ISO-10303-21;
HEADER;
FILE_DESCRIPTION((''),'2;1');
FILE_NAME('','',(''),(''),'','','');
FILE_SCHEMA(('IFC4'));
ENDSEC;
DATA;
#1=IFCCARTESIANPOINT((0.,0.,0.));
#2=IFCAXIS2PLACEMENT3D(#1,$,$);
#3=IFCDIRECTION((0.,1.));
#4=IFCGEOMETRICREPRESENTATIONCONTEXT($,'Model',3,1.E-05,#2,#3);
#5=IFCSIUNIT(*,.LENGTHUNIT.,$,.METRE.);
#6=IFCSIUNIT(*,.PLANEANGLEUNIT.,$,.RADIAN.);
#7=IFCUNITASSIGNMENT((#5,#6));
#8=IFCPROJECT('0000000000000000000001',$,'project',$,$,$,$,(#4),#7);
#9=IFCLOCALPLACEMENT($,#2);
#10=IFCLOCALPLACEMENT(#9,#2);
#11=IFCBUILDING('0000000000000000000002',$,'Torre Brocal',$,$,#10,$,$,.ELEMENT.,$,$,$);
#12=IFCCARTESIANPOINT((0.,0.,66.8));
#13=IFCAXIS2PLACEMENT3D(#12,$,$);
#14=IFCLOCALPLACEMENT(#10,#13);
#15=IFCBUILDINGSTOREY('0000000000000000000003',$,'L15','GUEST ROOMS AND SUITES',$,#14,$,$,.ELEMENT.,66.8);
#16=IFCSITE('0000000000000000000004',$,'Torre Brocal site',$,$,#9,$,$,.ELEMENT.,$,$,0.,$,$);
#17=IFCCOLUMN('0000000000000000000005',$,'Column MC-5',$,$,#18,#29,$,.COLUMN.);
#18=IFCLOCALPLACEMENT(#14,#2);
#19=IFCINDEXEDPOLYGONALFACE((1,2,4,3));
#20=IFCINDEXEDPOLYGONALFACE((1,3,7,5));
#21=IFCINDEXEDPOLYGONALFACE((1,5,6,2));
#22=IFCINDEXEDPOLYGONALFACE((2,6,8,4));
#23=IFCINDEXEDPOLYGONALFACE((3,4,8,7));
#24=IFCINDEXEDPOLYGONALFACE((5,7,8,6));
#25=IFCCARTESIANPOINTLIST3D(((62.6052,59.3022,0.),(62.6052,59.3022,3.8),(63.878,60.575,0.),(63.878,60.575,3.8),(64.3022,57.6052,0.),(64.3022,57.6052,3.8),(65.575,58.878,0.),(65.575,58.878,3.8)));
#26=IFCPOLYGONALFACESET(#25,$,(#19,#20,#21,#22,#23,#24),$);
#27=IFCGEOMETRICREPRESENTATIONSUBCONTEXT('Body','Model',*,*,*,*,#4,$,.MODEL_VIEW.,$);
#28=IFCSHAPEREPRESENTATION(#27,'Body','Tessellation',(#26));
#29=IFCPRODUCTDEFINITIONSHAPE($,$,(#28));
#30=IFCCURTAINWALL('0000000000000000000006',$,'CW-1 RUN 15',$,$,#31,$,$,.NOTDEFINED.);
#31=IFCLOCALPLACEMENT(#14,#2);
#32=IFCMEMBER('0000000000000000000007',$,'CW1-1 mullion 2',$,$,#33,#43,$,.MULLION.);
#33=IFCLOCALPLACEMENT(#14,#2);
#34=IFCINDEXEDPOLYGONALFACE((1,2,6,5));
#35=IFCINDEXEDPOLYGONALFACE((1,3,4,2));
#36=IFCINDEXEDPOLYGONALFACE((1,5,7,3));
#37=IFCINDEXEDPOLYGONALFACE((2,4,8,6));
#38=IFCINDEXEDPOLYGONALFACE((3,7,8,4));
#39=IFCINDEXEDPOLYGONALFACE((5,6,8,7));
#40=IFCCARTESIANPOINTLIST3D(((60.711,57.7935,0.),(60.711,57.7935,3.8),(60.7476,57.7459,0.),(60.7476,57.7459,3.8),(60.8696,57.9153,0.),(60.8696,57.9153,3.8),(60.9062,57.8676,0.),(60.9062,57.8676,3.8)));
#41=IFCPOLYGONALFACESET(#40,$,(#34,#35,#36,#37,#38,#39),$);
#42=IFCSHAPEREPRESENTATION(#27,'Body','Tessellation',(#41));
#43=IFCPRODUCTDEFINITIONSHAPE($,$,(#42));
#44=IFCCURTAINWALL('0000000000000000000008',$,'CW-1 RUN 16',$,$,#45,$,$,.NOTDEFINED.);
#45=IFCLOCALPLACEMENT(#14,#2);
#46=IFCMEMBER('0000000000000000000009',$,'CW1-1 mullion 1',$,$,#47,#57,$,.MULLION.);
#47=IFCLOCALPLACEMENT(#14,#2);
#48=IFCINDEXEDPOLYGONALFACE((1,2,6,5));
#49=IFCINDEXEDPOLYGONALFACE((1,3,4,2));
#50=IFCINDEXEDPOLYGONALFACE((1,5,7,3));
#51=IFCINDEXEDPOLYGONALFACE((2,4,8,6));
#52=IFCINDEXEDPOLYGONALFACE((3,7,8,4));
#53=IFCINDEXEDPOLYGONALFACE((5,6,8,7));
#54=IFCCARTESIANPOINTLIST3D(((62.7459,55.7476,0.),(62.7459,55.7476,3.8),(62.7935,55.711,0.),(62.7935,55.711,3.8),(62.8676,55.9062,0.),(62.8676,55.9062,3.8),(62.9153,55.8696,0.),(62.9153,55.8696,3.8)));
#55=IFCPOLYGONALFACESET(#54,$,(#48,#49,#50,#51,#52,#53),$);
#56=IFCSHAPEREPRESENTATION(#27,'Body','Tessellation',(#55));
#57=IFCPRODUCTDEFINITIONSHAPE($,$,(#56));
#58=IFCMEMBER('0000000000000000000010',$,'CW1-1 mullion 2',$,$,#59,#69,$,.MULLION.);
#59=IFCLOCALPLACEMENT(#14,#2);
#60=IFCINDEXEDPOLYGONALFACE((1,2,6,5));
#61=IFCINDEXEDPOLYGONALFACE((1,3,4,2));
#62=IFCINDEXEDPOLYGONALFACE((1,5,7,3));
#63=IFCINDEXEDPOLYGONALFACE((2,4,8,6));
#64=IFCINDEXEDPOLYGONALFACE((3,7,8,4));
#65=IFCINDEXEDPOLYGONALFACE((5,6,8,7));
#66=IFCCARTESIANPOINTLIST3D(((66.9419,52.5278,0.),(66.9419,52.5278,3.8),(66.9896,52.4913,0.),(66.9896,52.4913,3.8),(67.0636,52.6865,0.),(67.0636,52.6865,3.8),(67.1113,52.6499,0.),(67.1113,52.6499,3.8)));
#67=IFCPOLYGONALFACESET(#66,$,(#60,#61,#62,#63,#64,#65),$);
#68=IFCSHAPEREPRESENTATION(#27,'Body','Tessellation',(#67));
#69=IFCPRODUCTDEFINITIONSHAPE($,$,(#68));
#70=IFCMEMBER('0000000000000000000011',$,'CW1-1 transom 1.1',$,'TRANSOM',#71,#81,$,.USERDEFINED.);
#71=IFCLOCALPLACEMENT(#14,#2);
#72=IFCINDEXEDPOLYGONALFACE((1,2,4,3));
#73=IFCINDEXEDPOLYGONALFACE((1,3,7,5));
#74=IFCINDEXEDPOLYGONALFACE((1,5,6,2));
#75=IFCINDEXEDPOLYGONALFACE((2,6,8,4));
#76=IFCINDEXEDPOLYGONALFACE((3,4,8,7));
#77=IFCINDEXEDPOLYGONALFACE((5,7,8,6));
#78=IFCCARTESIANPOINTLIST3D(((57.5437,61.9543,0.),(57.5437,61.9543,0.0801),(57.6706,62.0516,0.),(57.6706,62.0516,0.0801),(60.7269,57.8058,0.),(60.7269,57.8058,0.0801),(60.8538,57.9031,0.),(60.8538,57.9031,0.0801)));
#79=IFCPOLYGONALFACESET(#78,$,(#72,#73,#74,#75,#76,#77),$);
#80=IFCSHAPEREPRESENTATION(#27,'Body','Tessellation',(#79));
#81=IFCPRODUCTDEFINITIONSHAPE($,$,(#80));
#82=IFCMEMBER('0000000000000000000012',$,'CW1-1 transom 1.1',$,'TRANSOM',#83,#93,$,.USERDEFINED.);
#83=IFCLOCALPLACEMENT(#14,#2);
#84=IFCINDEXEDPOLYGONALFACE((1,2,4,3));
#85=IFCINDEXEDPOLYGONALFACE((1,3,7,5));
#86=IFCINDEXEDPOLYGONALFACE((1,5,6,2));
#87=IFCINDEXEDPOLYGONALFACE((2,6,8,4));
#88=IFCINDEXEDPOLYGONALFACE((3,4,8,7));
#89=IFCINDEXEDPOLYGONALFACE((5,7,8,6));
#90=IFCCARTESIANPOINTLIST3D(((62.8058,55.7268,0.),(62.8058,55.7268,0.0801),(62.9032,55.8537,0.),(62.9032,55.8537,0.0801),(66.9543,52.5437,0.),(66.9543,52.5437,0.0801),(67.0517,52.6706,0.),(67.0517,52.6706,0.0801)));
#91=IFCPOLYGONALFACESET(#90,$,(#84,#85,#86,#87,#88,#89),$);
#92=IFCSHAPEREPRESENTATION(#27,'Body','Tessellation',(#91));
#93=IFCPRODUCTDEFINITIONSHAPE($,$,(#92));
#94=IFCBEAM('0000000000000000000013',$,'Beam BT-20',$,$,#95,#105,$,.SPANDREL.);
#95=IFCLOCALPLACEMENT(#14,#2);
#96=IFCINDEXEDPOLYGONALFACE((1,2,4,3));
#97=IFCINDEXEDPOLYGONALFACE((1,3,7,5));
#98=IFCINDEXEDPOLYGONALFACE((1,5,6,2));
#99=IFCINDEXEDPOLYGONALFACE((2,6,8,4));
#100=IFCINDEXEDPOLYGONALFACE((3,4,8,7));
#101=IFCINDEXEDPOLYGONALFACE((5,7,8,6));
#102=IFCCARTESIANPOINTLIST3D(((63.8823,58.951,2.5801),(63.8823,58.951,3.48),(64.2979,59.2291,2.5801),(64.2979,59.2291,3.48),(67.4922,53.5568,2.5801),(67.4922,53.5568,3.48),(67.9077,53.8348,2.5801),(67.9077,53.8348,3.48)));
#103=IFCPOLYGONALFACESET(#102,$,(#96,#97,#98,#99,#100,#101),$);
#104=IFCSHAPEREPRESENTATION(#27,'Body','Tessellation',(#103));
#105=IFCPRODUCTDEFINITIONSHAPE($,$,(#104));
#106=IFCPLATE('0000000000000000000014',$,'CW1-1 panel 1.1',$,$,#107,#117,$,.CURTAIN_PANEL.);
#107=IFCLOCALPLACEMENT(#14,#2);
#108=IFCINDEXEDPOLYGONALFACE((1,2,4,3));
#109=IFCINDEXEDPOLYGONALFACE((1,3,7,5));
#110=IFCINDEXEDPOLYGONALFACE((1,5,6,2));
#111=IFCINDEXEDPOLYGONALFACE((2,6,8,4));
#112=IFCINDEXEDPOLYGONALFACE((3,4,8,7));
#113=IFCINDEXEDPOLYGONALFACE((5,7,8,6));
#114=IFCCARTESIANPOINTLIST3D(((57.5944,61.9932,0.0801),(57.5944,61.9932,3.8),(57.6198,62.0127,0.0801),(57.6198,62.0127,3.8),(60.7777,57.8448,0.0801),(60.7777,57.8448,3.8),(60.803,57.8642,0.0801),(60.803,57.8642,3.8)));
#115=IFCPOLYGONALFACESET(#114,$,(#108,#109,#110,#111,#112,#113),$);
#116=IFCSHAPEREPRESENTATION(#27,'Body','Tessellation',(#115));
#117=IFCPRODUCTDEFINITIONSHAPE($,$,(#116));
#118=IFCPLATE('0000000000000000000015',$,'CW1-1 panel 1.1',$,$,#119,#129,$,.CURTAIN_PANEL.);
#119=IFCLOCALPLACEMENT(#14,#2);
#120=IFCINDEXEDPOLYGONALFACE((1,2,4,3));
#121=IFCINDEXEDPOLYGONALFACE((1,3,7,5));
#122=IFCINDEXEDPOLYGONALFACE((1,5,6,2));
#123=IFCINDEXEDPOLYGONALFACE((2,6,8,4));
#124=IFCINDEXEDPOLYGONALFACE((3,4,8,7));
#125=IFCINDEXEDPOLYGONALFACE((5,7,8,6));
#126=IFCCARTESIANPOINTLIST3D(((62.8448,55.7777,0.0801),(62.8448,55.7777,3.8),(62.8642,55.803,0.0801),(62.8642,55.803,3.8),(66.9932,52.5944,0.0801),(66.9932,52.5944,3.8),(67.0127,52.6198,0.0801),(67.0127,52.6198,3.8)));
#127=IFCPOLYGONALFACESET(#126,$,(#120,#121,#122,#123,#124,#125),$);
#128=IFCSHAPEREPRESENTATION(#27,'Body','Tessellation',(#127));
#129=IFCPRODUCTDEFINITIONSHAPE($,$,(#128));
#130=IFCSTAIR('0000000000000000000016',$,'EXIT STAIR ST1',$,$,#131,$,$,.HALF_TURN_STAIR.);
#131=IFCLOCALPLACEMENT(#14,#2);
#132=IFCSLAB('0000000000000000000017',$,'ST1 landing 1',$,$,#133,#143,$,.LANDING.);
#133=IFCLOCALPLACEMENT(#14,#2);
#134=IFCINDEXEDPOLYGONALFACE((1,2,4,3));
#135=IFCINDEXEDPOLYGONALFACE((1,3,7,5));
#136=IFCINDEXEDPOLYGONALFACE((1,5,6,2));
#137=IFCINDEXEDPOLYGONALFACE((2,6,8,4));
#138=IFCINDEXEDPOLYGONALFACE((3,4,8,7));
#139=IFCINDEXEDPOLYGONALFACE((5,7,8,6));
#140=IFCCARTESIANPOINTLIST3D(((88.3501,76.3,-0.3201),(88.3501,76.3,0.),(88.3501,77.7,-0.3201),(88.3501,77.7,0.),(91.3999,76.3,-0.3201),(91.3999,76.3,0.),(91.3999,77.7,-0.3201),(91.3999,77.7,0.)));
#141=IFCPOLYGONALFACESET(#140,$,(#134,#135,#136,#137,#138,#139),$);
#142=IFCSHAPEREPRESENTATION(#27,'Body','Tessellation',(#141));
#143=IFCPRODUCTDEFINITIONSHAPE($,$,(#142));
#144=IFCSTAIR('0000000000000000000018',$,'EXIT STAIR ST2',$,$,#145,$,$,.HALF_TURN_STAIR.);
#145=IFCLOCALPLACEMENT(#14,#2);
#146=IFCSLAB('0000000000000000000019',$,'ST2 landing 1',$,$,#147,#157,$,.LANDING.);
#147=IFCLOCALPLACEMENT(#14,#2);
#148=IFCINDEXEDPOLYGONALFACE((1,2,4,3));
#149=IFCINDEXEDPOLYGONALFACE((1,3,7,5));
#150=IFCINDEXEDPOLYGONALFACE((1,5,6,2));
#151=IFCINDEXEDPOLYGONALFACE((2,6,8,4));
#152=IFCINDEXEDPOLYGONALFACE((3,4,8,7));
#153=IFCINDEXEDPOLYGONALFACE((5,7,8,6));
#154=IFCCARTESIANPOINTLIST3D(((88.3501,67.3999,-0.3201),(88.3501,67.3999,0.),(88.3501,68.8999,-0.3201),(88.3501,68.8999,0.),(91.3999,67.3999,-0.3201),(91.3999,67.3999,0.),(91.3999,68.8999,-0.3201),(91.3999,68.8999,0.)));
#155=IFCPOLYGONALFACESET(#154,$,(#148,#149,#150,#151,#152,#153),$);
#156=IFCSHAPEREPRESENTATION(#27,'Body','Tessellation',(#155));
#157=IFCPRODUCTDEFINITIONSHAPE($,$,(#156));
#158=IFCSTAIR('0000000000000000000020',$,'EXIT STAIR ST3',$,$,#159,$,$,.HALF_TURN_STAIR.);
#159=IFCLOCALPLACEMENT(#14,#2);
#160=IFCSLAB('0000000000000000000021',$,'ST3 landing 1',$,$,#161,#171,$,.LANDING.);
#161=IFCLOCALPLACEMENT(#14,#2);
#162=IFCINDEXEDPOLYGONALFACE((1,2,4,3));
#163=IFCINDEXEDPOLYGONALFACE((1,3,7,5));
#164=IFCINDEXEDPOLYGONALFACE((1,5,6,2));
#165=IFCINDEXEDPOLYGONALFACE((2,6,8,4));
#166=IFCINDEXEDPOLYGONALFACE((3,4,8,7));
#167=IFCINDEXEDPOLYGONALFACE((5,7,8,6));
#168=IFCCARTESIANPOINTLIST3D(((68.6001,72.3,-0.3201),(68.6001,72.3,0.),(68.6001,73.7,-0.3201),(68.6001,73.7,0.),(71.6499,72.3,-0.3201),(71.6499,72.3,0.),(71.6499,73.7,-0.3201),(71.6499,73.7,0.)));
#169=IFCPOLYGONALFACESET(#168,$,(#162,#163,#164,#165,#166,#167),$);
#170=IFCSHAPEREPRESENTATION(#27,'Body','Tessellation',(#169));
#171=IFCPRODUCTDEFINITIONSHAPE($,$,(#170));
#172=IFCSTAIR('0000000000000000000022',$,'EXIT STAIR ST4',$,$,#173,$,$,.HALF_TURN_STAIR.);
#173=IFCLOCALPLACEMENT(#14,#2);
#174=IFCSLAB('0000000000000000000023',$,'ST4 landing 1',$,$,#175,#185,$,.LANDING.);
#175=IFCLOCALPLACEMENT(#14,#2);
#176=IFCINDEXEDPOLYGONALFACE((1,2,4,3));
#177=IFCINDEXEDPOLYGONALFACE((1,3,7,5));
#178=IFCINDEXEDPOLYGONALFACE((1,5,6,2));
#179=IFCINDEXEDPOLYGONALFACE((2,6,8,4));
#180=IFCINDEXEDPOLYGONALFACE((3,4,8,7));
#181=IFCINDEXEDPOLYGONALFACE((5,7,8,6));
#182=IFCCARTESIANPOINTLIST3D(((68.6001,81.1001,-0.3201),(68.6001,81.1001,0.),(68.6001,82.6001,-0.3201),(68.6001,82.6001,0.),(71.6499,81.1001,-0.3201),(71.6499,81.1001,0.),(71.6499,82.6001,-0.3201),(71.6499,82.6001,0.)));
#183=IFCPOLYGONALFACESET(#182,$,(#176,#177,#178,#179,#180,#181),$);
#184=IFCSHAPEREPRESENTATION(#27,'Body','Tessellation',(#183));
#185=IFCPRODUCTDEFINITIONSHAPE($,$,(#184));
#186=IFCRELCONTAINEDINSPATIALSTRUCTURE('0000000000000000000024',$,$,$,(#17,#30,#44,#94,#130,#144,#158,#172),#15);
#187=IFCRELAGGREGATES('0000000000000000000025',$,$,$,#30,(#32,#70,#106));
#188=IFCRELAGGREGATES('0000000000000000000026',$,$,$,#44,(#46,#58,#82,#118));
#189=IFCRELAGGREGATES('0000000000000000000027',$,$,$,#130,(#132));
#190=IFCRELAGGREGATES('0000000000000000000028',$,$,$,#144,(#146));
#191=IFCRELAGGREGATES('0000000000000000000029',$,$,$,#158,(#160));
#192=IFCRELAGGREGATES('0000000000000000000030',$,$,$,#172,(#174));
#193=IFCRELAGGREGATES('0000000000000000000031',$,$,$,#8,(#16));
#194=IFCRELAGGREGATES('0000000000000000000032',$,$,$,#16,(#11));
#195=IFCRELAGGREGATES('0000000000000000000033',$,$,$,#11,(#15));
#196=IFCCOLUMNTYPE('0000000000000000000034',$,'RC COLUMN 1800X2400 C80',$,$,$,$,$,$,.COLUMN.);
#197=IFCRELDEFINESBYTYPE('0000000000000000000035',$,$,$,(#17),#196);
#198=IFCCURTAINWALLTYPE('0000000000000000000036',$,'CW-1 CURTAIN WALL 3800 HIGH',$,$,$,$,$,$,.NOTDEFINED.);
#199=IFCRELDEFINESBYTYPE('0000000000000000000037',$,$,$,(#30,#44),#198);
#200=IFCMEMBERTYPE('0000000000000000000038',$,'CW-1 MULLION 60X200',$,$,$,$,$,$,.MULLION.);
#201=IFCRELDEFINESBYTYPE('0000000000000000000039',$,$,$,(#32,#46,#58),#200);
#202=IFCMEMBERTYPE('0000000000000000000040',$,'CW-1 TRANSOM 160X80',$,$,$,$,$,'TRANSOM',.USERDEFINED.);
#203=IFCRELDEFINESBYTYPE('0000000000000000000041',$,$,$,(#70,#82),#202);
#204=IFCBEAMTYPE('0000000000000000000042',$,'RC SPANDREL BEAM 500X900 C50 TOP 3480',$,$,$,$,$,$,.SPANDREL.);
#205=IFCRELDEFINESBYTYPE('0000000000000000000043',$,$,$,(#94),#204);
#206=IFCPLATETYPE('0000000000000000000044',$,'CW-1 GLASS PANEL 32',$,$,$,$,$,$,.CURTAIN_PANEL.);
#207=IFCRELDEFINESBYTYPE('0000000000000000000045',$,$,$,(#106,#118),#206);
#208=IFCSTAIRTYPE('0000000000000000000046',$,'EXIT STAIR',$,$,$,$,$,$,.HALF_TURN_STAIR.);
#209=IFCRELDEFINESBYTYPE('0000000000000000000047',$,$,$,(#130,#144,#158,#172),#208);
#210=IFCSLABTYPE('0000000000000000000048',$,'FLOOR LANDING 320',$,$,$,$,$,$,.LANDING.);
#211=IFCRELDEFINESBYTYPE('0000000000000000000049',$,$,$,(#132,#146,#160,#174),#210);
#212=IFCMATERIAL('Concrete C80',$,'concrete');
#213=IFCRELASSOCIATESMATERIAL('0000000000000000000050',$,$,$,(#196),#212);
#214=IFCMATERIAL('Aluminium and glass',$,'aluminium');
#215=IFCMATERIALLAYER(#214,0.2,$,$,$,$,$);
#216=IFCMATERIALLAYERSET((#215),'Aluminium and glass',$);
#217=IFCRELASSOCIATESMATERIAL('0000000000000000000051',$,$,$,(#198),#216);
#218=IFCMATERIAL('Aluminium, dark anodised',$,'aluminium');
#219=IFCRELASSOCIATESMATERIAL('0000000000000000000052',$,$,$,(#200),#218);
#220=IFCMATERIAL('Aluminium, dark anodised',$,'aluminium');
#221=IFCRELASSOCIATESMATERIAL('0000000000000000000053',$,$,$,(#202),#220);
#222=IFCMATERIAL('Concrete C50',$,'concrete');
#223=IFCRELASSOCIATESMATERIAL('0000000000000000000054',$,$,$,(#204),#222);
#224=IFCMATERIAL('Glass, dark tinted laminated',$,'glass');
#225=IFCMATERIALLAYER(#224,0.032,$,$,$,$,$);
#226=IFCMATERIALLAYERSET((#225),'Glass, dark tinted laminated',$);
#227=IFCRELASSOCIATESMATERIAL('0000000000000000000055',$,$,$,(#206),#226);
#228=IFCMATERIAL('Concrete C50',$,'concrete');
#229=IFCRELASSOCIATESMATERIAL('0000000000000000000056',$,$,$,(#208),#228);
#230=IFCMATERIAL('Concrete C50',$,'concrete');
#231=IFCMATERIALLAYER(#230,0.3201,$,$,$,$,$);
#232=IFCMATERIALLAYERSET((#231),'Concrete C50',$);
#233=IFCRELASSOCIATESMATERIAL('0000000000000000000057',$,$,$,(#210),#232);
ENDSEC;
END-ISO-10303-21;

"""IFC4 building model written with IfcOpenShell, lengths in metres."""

from ifc_helpers import new_model, si_unit, direction, frame, origin, origin_2d, place, context, subcontext, project, spatial, polyline, rectangle, outline, extrude, material, layer, layer_set, material_profile, profile_set, type_object, element, aggregate, save


model = new_model("IFC4")

# Units and contexts
model_context = context("Model", 3, precision=1e-05, world=origin(), true_north=direction((0.0, 1.0)))
body_context = subcontext(model_context, "Body", "Model", "MODEL_VIEW")
ifc_project = project(units=[si_unit("LENGTHUNIT", "METRE"), si_unit("PLANEANGLEUNIT", "RADIAN")], contexts=[model_context])

# Site, building, storey
site_placement = place(None, origin())
site = spatial("IfcSite", under=ifc_project, at=site_placement, Name="Torre Brocal site", CompositionType="ELEMENT", RefElevation=0.0)
building_placement = place(site_placement, origin())
building = spatial("IfcBuilding", under=site, at=building_placement, Name="Torre Brocal", CompositionType="ELEMENT")
storey_placement = place(building_placement, frame((0.0, 0.0, 66.8)))
storey = spatial("IfcBuildingStorey", under=building, at=storey_placement, Name="L15", Description="GUEST ROOMS AND SUITES", CompositionType="ELEMENT", Elevation=66.8)

# Column
ifc_material_1 = material(Name="Concrete C80", Category="concrete")
ifc_material_profile_1 = material_profile(ifc_material_1, rectangle(XDim=1.8, YDim=2.3999, at=origin_2d()), Name="RC 1800X2400")
ifc_profile_set_1 = profile_set([ifc_material_profile_1], Name="Concrete C80")
column_type = type_object("IfcColumnType", Name="RC COLUMN 1800X2400 C80", PredefinedType="COLUMN", material=ifc_profile_set_1)
column_placement = place(storey_placement, frame((64.0901, 59.0901, 0.0), z_axis=(0.0, 0.0, 1.0), x_axis=(-0.707107, -0.707107, 0.0)))
element("IfcColumn", 1, at=column_placement, inside=storey, type_object=column_type, Name="Column MC-5", PredefinedType="COLUMN", context=body_context, shape_type="SweptSolid", body=[
    extrude(rectangle(XDim=1.8, YDim=2.3999, at=origin_2d()), origin(), (0.0, 0.0, 1.0), 3.8),
])

# Curtain wall, member
ifc_material_2 = material(Name="Aluminium and glass", Category="aluminium")
ifc_layer_1 = layer(ifc_material_2, 0.2)
ifc_layer_set_1 = layer_set([ifc_layer_1], Name="Aluminium and glass")
curtain_wall_type = type_object("IfcCurtainWallType", Name="CW-1 CURTAIN WALL 3800 HIGH", PredefinedType="NOTDEFINED", material=ifc_layer_set_1)
curtain_wall_1_placement = place(storey_placement, origin())
curtain_wall_1 = element("IfcCurtainWall", 2, at=curtain_wall_1_placement, inside=storey, type_object=curtain_wall_type, Name="CW-1 RUN 15", PredefinedType="NOTDEFINED")
ifc_material_3 = material(Name="Aluminium, dark anodised", Category="aluminium")
ifc_material_profile_2 = material_profile(ifc_material_3, rectangle(XDim=0.2, YDim=0.0601, at=origin_2d()), Name="CW-1 MULLION 60X200")
ifc_profile_set_2 = profile_set([ifc_material_profile_2], Name="Aluminium, dark anodised")
member_type_1 = type_object("IfcMemberType", Name="CW-1 MULLION 60X200", PredefinedType="MULLION", material=ifc_profile_set_2)
member_1_placement = place(storey_placement, frame((60.8086, 57.8306, 0.0), z_axis=(0.0, 0.0, 1.0), x_axis=(0.793353, 0.608761, 0.0)))
member_1 = element("IfcMember", 3, at=member_1_placement, type_object=member_type_1, Name="CW1-1 mullion 2", PredefinedType="MULLION", context=body_context, shape_type="SweptSolid", body=[
    extrude(rectangle(XDim=0.2, YDim=0.0601, at=origin_2d()), origin(), (0.0, 0.0, 1.0), 3.8),
])

# Curtain wall, members
curtain_wall_2_placement = place(storey_placement, origin())
curtain_wall_2 = element("IfcCurtainWall", 4, at=curtain_wall_2_placement, inside=storey, type_object=curtain_wall_type, Name="CW-1 RUN 16", PredefinedType="NOTDEFINED")
member_2_placement = place(storey_placement, frame((62.8306, 55.8086, 0.0), z_axis=(0.0, 0.0, 1.0), x_axis=(0.608761, 0.793353, 0.0)))
member_2 = element("IfcMember", 5, at=member_2_placement, type_object=member_type_1, Name="CW1-1 mullion 1", PredefinedType="MULLION", context=body_context, shape_type="SweptSolid", body=[
    extrude(rectangle(XDim=0.2, YDim=0.0601, at=origin_2d()), origin(), (0.0, 0.0, 1.0), 3.8),
])
member_3_placement = place(storey_placement, frame((67.0266, 52.5889, 0.0), z_axis=(0.0, 0.0, 1.0), x_axis=(0.608761, 0.793353, 0.0)))
member_3 = element("IfcMember", 6, at=member_3_placement, type_object=member_type_1, Name="CW1-1 mullion 2", PredefinedType="MULLION", context=body_context, shape_type="SweptSolid", body=[
    extrude(rectangle(XDim=0.2, YDim=0.0601, at=origin_2d()), origin(), (0.0, 0.0, 1.0), 3.8),
])

# Members
ifc_material_4 = material(Name="Aluminium, dark anodised", Category="aluminium")
ifc_material_profile_3 = material_profile(ifc_material_4, rectangle(XDim=0.1599, YDim=0.0801, at=origin_2d()), Name="CW-1 TRANSOM 160X80")
ifc_profile_set_3 = profile_set([ifc_material_profile_3], Name="Aluminium, dark anodised")
member_type_2 = type_object("IfcMemberType", Name="CW-1 TRANSOM 160X80", ElementType="TRANSOM", PredefinedType="USERDEFINED", material=ifc_profile_set_3)
member_4_placement = place(storey_placement, frame((57.6072, 62.0029, 0.04), z_axis=(0.608749, -0.793363, 0.0), x_axis=(0.793363, 0.608749, 0.0)))
member_4 = element("IfcMember", 7, at=member_4_placement, type_object=member_type_2, Name="CW1-1 transom 1.1", ObjectType="TRANSOM", PredefinedType="USERDEFINED", context=body_context, shape_type="SweptSolid", body=[
    extrude(rectangle(XDim=0.1599, YDim=0.0801, at=origin_2d()), origin(), (0.0, 0.0, 1.0), 5.229),
])
member_5_placement = place(storey_placement, frame((62.8545, 55.7903, 0.04), z_axis=(0.793363, -0.608749, 0.0), x_axis=(0.608749, 0.793363, 0.0)))
member_5 = element("IfcMember", 8, at=member_5_placement, type_object=member_type_2, Name="CW1-1 transom 1.1", ObjectType="TRANSOM", PredefinedType="USERDEFINED", context=body_context, shape_type="SweptSolid", body=[
    extrude(rectangle(XDim=0.1599, YDim=0.0801, at=origin_2d()), origin(), (0.0, 0.0, 1.0), 5.229),
])

# Beam
ifc_material_5 = material(Name="Concrete C50", Category="concrete")
ifc_material_profile_4 = material_profile(ifc_material_5, rectangle(XDim=0.5, YDim=0.8999, at=origin_2d()), Name="RC 500X900")
ifc_profile_set_4 = profile_set([ifc_material_profile_4], Name="Concrete C50")
beam_type = type_object("IfcBeamType", Name="RC SPANDREL BEAM 500X900 C50 TOP 3480", PredefinedType="SPANDREL", material=ifc_profile_set_4)
beam_placement = place(storey_placement, frame((64.0901, 59.0901, 3.03), z_axis=(0.556158, -0.831077, 0.0), x_axis=(0.831077, 0.556158, 0.0)))
element("IfcBeam", 9, at=beam_placement, inside=storey, type_object=beam_type, Name="Beam BT-20", PredefinedType="SPANDREL", context=body_context, shape_type="SweptSolid", body=[
    extrude(rectangle(XDim=0.5, YDim=0.8999, at=origin_2d()), origin(), (0.0, 0.0, 1.0), 6.4907),
])

# Plates
ifc_material_6 = material(Name="Glass, dark tinted laminated", Category="glass")
ifc_layer_2 = layer(ifc_material_6, 0.032)
ifc_layer_set_2 = layer_set([ifc_layer_2], Name="Glass, dark tinted laminated")
plate_type = type_object("IfcPlateType", Name="CW-1 GLASS PANEL 32", PredefinedType="CURTAIN_PANEL", material=ifc_layer_set_2)
plate_1_placement = place(storey_placement, frame((59.1987, 59.9287, 0.0801), z_axis=(0.0, 0.0, 1.0), x_axis=(0.608761, -0.793353, 0.0)))
plate_1 = element("IfcPlate", 10, at=plate_1_placement, type_object=plate_type, Name="CW1-1 panel 1.1", PredefinedType="CURTAIN_PANEL", context=body_context, shape_type="SweptSolid", body=[
    extrude(rectangle(XDim=5.229, YDim=0.032, at=origin_2d()), origin(), (0.0, 0.0, 1.0), 3.72),
])
aggregate(curtain_wall_1, [member_1, member_4, plate_1])
plate_2_placement = place(storey_placement, frame((64.9287, 54.1987, 0.0801), z_axis=(0.0, 0.0, 1.0), x_axis=(0.793353, -0.608761, 0.0)))
plate_2 = element("IfcPlate", 11, at=plate_2_placement, type_object=plate_type, Name="CW1-1 panel 1.1", PredefinedType="CURTAIN_PANEL", context=body_context, shape_type="SweptSolid", body=[
    extrude(rectangle(XDim=5.229, YDim=0.032, at=origin_2d()), origin(), (0.0, 0.0, 1.0), 3.72),
])
aggregate(curtain_wall_2, [member_2, member_3, member_5, plate_2])

# Stairs, slabs
ifc_material_7 = material(Name="Concrete C50", Category="concrete")
stair_type = type_object("IfcStairType", Name="EXIT STAIR", PredefinedType="HALF_TURN_STAIR", material=ifc_material_7)
stair_1_placement = place(storey_placement, origin())
stair_1 = element("IfcStair", 12, at=stair_1_placement, inside=storey, type_object=stair_type, Name="EXIT STAIR ST1", PredefinedType="HALF_TURN_STAIR")
ifc_material_8 = material(Name="Concrete C50", Category="concrete")
ifc_layer_3 = layer(ifc_material_8, 0.3201)
ifc_layer_set_3 = layer_set([ifc_layer_3], Name="Concrete C50")
slab_type_1 = type_object("IfcSlabType", Name="FLOOR LANDING 320", PredefinedType="LANDING", material=ifc_layer_set_3)
slab_1_placement = place(storey_placement, frame((0.0, 0.0, -0.3201)))
slab_1 = element("IfcSlab", 13, at=slab_1_placement, type_object=slab_type_1, Name="ST1 landing 1", PredefinedType="LANDING", context=body_context, shape_type="SweptSolid", body=[
    extrude(outline(polyline([(88.3501, 76.3), (91.3999, 76.3), (91.3999, 77.7), (88.3501, 77.7), (88.3501, 76.3)])), origin(), (0.0, 0.0, 1.0), 0.3201),
])
stair_2_placement = place(storey_placement, origin())
stair_2 = element("IfcStair", 14, at=stair_2_placement, inside=storey, type_object=stair_type, Name="EXIT STAIR ST2", PredefinedType="HALF_TURN_STAIR")
slab_2_placement = place(storey_placement, frame((0.0, 0.0, -0.3201)))
slab_2 = element("IfcSlab", 15, at=slab_2_placement, type_object=slab_type_1, Name="ST2 landing 1", PredefinedType="LANDING", context=body_context, shape_type="SweptSolid", body=[
    extrude(outline(polyline([(88.3501, 67.3999), (91.3999, 67.3999), (91.3999, 68.8999), (88.3501, 68.8999), (88.3501, 67.3999)])), origin(), (0.0, 0.0, 1.0), 0.3201),
])
stair_3_placement = place(storey_placement, origin())
stair_3 = element("IfcStair", 16, at=stair_3_placement, inside=storey, type_object=stair_type, Name="EXIT STAIR ST3", PredefinedType="HALF_TURN_STAIR")
slab_3_placement = place(storey_placement, frame((0.0, 0.0, -0.3201)))
slab_3 = element("IfcSlab", 17, at=slab_3_placement, type_object=slab_type_1, Name="ST3 landing 1", PredefinedType="LANDING", context=body_context, shape_type="SweptSolid", body=[
    extrude(outline(polyline([(71.6499, 73.7), (68.6001, 73.7), (68.6001, 72.3), (71.6499, 72.3), (71.6499, 73.7)])), origin(), (0.0, 0.0, 1.0), 0.3201),
])
stair_4_placement = place(storey_placement, origin())
stair_4 = element("IfcStair", 18, at=stair_4_placement, inside=storey, type_object=stair_type, Name="EXIT STAIR ST4", PredefinedType="HALF_TURN_STAIR")
slab_4_placement = place(storey_placement, frame((0.0, 0.0, -0.3201)))
slab_4 = element("IfcSlab", 19, at=slab_4_placement, type_object=slab_type_1, Name="ST4 landing 1", PredefinedType="LANDING", context=body_context, shape_type="SweptSolid", body=[
    extrude(outline(polyline([(71.6499, 82.6001), (68.6001, 82.6001), (68.6001, 81.1001), (71.6499, 81.1001), (71.6499, 82.6001)])), origin(), (0.0, 0.0, 1.0), 0.3201),
])

aggregate(stair_1, [slab_1])
aggregate(stair_2, [slab_2])
aggregate(stair_3, [slab_3])
aggregate(stair_4, [slab_4])

save(model, "model.ifc")
